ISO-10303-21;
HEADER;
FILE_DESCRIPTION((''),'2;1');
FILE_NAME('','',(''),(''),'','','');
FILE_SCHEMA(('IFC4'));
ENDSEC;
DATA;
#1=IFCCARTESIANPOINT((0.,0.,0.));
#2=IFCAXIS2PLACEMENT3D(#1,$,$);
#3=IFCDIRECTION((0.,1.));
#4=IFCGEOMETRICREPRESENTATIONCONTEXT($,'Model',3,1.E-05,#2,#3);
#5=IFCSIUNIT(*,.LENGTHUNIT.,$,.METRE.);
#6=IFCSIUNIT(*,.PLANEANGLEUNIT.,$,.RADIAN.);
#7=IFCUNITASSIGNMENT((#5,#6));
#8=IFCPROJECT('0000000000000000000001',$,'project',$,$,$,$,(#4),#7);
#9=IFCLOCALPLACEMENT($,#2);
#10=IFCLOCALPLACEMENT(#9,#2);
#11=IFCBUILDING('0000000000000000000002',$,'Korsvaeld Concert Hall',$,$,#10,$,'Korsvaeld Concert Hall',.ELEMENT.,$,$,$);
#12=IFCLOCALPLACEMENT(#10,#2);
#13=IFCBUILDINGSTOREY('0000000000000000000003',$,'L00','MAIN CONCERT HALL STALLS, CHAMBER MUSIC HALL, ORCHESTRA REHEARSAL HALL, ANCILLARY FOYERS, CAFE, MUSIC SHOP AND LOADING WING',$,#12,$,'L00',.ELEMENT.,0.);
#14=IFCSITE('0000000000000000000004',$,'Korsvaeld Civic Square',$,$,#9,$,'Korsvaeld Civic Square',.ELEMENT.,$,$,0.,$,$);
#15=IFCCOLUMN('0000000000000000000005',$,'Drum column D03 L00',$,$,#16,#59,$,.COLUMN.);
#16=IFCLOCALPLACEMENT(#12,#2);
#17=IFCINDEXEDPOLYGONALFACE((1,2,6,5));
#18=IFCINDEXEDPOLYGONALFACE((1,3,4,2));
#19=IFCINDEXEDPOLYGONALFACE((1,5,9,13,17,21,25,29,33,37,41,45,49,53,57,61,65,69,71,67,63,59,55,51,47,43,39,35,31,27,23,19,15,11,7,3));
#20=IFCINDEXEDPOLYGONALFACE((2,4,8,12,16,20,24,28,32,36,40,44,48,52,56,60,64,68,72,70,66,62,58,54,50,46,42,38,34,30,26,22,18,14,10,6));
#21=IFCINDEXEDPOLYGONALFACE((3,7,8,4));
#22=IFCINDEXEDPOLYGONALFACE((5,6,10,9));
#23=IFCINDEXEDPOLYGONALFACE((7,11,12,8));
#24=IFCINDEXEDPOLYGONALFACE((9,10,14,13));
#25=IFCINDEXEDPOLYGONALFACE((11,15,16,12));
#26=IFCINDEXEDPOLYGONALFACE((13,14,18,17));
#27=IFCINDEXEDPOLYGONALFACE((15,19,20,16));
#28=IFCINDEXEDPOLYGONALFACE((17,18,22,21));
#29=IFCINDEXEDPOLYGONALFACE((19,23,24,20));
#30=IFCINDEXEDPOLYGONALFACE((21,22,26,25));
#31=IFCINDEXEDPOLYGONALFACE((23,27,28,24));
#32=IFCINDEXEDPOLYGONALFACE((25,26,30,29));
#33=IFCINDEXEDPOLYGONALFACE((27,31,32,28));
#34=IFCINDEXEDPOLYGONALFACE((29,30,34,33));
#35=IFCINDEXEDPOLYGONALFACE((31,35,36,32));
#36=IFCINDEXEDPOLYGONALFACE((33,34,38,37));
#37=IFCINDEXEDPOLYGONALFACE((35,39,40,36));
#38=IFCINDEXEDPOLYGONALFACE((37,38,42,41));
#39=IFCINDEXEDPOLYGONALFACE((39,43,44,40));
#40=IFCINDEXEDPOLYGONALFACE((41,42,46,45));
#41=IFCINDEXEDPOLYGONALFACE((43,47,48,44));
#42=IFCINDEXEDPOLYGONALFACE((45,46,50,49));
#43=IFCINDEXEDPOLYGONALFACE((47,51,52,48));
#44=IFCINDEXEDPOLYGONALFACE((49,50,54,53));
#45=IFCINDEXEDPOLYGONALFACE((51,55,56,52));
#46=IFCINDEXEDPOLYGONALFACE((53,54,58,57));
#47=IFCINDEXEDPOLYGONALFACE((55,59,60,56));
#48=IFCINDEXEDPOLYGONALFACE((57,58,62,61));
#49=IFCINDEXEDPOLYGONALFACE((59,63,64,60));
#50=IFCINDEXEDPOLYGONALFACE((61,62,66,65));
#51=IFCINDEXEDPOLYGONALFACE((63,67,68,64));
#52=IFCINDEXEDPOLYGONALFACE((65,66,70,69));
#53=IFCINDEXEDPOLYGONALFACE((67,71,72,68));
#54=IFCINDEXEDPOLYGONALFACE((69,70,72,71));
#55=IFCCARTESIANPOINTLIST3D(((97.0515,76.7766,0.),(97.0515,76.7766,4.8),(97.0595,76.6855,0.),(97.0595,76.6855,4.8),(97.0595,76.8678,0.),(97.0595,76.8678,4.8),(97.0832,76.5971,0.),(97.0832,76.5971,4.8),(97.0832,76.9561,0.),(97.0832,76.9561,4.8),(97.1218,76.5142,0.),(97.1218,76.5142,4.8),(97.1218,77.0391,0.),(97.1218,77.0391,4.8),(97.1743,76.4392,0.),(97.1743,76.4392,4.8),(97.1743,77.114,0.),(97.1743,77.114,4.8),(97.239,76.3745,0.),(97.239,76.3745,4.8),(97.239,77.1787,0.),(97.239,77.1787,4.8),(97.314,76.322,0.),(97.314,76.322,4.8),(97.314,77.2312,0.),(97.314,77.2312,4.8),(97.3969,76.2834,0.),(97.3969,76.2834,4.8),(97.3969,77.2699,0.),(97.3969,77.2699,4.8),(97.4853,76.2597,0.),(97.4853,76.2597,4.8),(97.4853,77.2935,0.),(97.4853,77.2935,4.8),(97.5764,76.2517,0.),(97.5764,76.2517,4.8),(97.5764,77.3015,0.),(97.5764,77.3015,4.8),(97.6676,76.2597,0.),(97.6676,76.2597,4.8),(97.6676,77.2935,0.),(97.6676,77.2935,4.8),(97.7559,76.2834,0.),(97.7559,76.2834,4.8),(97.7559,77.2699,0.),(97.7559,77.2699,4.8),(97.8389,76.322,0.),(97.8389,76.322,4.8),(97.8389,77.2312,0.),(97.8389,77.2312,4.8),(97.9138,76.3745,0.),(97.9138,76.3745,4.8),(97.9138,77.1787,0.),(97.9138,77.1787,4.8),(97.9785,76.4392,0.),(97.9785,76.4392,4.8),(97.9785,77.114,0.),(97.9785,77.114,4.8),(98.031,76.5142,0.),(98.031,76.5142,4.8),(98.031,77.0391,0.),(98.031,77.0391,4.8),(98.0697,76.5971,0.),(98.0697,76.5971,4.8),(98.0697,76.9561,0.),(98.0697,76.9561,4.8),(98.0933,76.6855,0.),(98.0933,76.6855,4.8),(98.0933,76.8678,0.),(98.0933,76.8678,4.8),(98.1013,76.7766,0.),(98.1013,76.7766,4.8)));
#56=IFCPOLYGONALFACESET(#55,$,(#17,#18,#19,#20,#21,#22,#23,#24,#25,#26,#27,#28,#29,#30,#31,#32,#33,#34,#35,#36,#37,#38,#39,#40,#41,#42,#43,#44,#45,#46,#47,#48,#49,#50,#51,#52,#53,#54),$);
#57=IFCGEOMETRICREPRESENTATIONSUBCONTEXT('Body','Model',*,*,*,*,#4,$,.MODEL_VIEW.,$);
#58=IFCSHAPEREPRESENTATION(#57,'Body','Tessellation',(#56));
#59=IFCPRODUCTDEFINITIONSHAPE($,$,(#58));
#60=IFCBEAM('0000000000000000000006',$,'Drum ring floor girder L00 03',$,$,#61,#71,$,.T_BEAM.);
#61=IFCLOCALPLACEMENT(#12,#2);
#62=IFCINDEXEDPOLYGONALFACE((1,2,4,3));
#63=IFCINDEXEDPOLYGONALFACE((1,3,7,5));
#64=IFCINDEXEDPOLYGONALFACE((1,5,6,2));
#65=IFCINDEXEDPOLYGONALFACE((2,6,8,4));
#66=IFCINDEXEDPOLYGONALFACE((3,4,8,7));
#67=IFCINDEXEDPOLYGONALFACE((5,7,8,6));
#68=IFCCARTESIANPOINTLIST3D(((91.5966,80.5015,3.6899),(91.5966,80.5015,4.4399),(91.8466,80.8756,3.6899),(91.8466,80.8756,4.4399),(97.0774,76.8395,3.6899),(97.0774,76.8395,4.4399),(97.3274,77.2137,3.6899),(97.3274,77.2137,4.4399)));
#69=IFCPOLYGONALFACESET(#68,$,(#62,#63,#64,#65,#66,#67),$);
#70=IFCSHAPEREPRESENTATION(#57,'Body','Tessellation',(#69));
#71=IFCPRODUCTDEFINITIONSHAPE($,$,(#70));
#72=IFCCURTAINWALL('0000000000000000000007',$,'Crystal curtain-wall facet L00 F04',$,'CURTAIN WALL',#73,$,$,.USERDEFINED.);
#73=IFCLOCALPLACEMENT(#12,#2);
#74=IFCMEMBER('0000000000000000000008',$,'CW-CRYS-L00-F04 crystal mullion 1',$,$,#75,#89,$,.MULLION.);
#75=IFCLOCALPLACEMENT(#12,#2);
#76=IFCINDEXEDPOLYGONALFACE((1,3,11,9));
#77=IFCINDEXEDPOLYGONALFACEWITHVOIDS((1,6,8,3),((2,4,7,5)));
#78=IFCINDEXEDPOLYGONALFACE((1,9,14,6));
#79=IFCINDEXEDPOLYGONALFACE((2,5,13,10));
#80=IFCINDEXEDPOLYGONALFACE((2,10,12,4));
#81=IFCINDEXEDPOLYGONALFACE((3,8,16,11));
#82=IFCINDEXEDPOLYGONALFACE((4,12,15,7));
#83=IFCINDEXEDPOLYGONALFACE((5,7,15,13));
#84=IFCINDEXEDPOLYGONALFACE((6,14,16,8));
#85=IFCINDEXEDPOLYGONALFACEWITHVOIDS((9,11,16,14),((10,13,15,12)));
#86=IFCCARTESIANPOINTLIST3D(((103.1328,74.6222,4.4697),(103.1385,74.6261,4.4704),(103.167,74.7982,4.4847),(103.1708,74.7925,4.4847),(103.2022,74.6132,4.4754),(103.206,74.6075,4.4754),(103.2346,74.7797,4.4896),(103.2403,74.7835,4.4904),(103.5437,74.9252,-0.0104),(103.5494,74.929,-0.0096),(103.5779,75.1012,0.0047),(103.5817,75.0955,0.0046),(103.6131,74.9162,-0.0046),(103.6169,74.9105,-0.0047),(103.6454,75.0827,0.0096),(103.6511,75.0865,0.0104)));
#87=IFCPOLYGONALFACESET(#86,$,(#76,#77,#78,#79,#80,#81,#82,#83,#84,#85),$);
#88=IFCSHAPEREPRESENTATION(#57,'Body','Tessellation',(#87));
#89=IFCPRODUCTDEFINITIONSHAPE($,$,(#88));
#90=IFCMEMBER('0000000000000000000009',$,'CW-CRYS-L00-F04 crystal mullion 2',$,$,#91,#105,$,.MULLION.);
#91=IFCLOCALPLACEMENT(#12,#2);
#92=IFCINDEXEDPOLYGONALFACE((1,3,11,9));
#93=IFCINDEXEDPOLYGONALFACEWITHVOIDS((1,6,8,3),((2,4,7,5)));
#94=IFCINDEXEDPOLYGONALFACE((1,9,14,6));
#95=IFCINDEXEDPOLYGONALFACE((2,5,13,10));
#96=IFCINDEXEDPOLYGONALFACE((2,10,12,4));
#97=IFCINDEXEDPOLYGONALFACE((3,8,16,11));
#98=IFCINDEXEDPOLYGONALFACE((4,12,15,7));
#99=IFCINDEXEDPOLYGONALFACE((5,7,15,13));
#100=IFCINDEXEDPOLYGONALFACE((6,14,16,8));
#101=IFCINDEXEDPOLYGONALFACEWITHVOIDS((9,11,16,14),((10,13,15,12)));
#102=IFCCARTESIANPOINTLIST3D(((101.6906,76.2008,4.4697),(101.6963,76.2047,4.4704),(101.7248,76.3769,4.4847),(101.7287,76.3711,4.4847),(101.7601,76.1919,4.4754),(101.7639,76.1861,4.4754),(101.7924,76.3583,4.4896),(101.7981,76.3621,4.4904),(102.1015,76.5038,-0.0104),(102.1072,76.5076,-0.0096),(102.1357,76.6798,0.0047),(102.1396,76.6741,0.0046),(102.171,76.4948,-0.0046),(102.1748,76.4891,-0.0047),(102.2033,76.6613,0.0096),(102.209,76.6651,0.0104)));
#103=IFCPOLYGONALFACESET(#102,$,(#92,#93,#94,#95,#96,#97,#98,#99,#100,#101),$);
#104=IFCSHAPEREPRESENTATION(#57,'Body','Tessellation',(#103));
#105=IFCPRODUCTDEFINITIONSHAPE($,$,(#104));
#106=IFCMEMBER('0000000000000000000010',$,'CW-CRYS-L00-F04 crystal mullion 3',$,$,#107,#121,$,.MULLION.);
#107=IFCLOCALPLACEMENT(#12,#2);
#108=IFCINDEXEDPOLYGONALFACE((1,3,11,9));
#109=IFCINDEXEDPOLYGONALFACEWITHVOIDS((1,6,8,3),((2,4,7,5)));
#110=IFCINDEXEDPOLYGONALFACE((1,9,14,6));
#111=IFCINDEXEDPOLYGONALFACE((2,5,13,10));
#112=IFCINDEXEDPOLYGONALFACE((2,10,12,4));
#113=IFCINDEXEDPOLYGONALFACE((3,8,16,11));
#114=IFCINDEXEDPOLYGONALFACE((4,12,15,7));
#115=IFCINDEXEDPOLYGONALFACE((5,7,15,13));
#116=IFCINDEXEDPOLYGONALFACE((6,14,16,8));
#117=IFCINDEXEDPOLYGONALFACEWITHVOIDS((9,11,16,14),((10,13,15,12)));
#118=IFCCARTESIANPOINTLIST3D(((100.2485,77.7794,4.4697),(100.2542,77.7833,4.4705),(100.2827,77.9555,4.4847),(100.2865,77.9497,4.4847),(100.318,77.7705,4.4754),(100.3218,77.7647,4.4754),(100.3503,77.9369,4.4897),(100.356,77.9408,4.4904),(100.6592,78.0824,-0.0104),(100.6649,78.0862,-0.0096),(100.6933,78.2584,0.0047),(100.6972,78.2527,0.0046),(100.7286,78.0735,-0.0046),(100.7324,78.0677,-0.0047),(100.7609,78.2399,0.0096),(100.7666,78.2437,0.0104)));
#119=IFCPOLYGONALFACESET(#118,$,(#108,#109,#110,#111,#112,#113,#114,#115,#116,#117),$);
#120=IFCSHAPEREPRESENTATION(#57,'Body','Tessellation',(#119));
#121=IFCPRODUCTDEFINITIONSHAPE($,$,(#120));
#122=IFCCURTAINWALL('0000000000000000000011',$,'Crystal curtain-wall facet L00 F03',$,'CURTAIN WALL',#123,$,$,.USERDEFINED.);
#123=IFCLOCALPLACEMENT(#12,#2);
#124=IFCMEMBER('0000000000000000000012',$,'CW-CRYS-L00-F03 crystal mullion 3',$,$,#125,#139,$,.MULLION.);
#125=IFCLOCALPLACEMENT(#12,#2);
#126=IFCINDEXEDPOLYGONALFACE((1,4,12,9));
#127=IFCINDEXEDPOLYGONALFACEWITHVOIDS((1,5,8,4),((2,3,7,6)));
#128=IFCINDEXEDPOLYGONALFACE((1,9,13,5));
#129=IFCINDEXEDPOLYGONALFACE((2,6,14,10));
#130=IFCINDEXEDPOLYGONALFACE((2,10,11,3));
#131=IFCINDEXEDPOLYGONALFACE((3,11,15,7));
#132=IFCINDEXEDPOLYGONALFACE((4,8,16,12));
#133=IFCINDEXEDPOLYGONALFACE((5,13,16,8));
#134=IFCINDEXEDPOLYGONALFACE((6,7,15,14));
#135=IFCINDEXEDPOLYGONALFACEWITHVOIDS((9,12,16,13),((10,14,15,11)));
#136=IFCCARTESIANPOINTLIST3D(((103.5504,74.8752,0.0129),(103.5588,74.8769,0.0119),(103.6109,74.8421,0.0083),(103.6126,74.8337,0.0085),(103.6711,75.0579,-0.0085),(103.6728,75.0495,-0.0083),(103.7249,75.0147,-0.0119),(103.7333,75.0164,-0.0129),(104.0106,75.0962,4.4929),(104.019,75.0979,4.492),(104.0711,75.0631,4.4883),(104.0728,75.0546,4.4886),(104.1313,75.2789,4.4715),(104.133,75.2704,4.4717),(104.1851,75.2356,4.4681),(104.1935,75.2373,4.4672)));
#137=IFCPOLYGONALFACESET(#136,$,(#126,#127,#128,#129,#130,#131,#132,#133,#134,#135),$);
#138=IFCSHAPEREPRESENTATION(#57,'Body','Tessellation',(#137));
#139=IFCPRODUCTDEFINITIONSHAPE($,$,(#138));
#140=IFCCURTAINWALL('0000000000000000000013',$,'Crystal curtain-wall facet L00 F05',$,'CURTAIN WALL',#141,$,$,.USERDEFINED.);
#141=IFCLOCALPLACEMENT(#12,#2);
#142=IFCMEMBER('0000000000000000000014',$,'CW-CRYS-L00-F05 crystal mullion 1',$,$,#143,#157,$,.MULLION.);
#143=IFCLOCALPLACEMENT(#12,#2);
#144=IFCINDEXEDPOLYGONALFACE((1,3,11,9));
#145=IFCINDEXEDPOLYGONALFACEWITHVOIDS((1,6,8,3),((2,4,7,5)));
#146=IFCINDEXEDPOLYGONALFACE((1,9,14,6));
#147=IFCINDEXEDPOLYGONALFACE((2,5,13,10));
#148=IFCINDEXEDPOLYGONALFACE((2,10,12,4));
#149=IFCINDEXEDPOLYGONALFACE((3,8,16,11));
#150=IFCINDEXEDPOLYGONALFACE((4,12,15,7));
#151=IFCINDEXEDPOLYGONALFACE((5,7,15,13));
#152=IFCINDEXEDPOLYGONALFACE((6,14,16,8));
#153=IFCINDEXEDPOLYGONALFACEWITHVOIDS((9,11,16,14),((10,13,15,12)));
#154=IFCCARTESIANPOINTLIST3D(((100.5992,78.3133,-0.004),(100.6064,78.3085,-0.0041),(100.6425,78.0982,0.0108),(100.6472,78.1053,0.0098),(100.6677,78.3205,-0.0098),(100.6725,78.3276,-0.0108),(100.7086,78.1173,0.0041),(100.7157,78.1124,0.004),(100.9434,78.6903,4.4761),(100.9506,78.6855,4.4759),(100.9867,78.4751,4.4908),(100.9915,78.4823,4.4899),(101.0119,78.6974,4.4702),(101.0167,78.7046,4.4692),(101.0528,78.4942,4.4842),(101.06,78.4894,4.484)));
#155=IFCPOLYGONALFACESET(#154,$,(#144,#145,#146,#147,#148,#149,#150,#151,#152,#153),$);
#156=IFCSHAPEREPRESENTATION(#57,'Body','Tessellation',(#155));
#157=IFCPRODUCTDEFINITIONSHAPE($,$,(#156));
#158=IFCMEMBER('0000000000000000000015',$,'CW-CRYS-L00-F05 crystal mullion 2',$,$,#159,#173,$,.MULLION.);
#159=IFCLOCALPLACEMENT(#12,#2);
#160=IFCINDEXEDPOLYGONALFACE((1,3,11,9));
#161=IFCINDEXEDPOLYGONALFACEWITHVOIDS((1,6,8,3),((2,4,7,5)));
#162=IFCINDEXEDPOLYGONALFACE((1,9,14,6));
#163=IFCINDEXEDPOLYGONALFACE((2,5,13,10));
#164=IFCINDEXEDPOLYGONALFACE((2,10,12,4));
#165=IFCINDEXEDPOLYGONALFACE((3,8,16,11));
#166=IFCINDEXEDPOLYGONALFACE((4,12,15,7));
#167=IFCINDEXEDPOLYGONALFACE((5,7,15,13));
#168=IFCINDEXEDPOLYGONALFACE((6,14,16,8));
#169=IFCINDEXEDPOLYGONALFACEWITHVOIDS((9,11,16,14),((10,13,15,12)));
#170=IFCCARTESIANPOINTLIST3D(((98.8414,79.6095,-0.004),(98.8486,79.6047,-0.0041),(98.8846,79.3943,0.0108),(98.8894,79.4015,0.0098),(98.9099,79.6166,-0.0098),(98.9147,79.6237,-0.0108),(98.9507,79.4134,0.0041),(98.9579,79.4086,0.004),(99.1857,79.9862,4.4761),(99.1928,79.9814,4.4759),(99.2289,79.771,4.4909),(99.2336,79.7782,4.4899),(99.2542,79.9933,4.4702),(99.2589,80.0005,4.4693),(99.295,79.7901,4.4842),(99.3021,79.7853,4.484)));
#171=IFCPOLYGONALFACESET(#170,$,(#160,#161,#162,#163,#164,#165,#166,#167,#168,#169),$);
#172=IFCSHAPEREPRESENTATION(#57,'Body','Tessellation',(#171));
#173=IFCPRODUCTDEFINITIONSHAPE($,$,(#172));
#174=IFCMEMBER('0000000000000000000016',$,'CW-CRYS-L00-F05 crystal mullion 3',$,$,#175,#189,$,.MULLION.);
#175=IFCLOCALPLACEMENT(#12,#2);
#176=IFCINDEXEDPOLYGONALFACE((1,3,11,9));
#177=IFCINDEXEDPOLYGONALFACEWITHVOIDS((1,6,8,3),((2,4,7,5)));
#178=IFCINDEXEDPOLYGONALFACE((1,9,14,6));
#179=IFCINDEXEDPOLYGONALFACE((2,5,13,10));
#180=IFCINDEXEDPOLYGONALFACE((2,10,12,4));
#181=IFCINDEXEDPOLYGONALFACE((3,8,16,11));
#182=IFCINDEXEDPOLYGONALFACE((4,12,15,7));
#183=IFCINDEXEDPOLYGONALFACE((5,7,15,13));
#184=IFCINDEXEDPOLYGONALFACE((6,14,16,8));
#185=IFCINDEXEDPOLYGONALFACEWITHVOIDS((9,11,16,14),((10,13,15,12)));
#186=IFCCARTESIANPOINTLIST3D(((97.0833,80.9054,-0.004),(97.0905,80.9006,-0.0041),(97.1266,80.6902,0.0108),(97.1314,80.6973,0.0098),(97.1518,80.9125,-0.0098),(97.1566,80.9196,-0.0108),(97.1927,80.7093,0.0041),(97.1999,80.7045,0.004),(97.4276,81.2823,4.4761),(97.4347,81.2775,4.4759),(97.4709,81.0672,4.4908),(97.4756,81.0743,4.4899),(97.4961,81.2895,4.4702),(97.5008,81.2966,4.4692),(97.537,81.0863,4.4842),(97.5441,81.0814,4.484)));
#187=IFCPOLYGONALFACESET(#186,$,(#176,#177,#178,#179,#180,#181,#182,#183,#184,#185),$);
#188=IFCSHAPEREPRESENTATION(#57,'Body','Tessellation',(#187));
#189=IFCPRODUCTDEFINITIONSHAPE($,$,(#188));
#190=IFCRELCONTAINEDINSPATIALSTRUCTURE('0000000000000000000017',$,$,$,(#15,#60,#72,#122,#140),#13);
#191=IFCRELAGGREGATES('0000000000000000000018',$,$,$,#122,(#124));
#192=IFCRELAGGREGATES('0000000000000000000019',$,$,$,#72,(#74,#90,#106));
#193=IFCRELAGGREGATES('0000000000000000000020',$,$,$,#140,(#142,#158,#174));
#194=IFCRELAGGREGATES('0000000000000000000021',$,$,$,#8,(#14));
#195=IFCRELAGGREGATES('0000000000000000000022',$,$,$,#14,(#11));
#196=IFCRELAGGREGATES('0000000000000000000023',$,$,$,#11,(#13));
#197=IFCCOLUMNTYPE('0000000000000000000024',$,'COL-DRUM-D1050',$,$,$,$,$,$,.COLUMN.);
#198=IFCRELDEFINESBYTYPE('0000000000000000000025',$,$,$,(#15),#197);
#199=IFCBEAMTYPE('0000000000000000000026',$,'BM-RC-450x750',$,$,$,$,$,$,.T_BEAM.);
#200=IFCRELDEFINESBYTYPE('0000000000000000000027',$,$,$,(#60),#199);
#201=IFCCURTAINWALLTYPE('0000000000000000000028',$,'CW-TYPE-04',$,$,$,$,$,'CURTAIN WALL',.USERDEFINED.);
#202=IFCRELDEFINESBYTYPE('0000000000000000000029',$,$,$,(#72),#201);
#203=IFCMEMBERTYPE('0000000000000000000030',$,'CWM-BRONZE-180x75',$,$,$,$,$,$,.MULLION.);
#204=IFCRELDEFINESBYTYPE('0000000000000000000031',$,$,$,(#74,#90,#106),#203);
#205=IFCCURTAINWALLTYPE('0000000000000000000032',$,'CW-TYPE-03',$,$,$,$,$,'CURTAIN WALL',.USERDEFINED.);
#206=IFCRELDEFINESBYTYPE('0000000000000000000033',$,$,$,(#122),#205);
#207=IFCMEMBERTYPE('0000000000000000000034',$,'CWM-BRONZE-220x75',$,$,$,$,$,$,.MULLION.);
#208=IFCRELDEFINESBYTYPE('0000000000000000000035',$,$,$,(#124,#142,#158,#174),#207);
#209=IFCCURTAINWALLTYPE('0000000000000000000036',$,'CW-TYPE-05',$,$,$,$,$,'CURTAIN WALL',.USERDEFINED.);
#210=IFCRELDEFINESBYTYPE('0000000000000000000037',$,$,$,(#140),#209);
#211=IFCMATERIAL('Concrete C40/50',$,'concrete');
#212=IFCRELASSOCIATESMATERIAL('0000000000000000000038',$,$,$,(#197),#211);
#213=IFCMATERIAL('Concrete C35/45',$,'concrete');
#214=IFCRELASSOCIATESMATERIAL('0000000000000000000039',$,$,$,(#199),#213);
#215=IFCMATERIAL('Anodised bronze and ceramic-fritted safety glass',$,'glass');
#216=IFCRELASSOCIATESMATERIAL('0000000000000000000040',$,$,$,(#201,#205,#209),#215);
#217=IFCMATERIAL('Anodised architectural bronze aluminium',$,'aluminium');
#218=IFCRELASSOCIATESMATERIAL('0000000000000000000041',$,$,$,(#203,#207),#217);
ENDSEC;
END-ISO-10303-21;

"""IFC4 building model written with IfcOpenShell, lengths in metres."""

from ifc_helpers import new_model, si_unit, direction, frame, origin, origin_2d, place, context, subcontext, project, spatial, rectangle, hollow_rectangle, circle, extrude, material, material_profile, profile_set, type_object, element, aggregate, save


model = new_model("IFC4")

# Units and contexts
model_context = context("Model", 3, precision=1e-05, world=origin(), true_north=direction((0.0, 1.0)))
body_context = subcontext(model_context, "Body", "Model", "MODEL_VIEW")
ifc_project = project(units=[si_unit("LENGTHUNIT", "METRE"), si_unit("PLANEANGLEUNIT", "RADIAN")], contexts=[model_context])

# Site, building, storey
site_placement = place(None, origin())
site = spatial("IfcSite", under=ifc_project, at=site_placement, Name="Korsvaeld Civic Square", LongName="Korsvaeld Civic Square", CompositionType="ELEMENT", RefElevation=0.0)
building_placement = place(site_placement, origin())
building = spatial("IfcBuilding", under=site, at=building_placement, Name="Korsvaeld Concert Hall", LongName="Korsvaeld Concert Hall", CompositionType="ELEMENT")
storey_placement = place(building_placement, origin())
storey = spatial("IfcBuildingStorey", under=building, at=storey_placement, Name="L00", Description="MAIN CONCERT HALL STALLS, CHAMBER MUSIC HALL, ORCHESTRA REHEARSAL HALL, ANCILLARY FOYERS, CAFE, MUSIC SHOP AND LOADING WING", LongName="L00", CompositionType="ELEMENT", Elevation=0.0)

# Column
ifc_material_1 = material(Name="Concrete C40/50", Category="concrete")
ifc_material_profile_1 = material_profile(ifc_material_1, circle(Radius=0.5249, at=origin_2d()), Name="RC D1050")
ifc_profile_set_1 = profile_set([ifc_material_profile_1], Name="Concrete C40/50")
column_type = type_object("IfcColumnType", Name="COL-DRUM-D1050", PredefinedType="COLUMN", material=ifc_profile_set_1)
column_placement = place(storey_placement, frame((97.5764, 76.7766, 0.0), z_axis=(0.0, 0.0, 1.0), x_axis=(1.0, 0.0, 0.0)))
element("IfcColumn", 1, at=column_placement, inside=storey, type_object=column_type, Name="Drum column D03 L00", PredefinedType="COLUMN", context=body_context, shape_type="SweptSolid", body=[
    extrude(circle(Radius=0.5249, at=origin_2d()), origin(), (0.0, 0.0, 1.0), 4.8),
])

# Beam
ifc_material_2 = material(Name="Concrete C35/45", Category="concrete")
ifc_material_profile_2 = material_profile(ifc_material_2, rectangle(XDim=0.45, YDim=0.75, at=origin_2d()), Name="RC 450x750")
ifc_profile_set_2 = profile_set([ifc_material_profile_2], Name="Concrete C35/45")
beam_type = type_object("IfcBeamType", Name="BM-RC-450x750", PredefinedType="T_BEAM", material=ifc_profile_set_2)
beam_placement = place(storey_placement, frame((97.2024, 77.0266, 4.0649), z_axis=(-0.831486, 0.555546, 0.0), x_axis=(-0.555546, -0.831486, 0.0)))
element("IfcBeam", 2, at=beam_placement, inside=storey, type_object=beam_type, Name="Drum ring floor girder L00 03", PredefinedType="T_BEAM", context=body_context, shape_type="SweptSolid", body=[
    extrude(rectangle(XDim=0.45, YDim=0.75, at=origin_2d()), origin(), (0.0, 0.0, 1.0), 6.5916),
])

# Curtain wall, members
ifc_material_3 = material(Name="Anodised bronze and ceramic-fritted safety glass", Category="glass")
curtain_wall_type_1 = type_object("IfcCurtainWallType", Name="CW-TYPE-04", ElementType="CURTAIN WALL", PredefinedType="USERDEFINED", material=ifc_material_3)
curtain_wall_1_placement = place(storey_placement, origin())
curtain_wall_1 = element("IfcCurtainWall", 3, at=curtain_wall_1_placement, inside=storey, type_object=curtain_wall_type_1, Name="Crystal curtain-wall facet L00 F04", ObjectType="CURTAIN WALL", PredefinedType="USERDEFINED")
ifc_material_4 = material(Name="Anodised architectural bronze aluminium", Category="aluminium")
ifc_material_profile_3 = material_profile(ifc_material_4, hollow_rectangle(XDim=0.075, YDim=0.1799, WallThickness=0.0049, at=origin_2d()), Name="CWM 180x75x5")
ifc_profile_set_3 = profile_set([ifc_material_profile_3], Name="Anodised architectural bronze aluminium")
member_type_1 = type_object("IfcMemberType", Name="CWM-BRONZE-180x75", PredefinedType="MULLION", material=ifc_profile_set_3)
member_1_placement = place(storey_placement, frame((103.5974, 75.0059, 0.0), z_axis=(-0.091127, -0.067195, 0.99357), x_axis=(-0.977527, 0.19649, -0.076367)))
member_1 = element("IfcMember", 4, at=member_1_placement, type_object=member_type_1, Name="CW-CRYS-L00-F04 crystal mullion 1", PredefinedType="MULLION", context=body_context, shape_type="SweptSolid", body=[
    extrude(hollow_rectangle(XDim=0.075, YDim=0.1799, WallThickness=0.0049, at=origin_2d()), origin(), (0.0, 0.0, 1.0), 4.509),
])
member_2_placement = place(storey_placement, frame((102.1553, 76.5845, 0.0), z_axis=(-0.091127, -0.067195, 0.99357), x_axis=(-0.977527, 0.19649, -0.076367)))
member_2 = element("IfcMember", 5, at=member_2_placement, type_object=member_type_1, Name="CW-CRYS-L00-F04 crystal mullion 2", PredefinedType="MULLION", context=body_context, shape_type="SweptSolid", body=[
    extrude(hollow_rectangle(XDim=0.075, YDim=0.1799, WallThickness=0.0049, at=origin_2d()), origin(), (0.0, 0.0, 1.0), 4.509),
])
member_3_placement = place(storey_placement, frame((100.7129, 78.1631, 0.0), z_axis=(-0.091073, -0.067195, 0.993575), x_axis=(-0.977586, 0.19621, -0.076338)))
member_3 = element("IfcMember", 6, at=member_3_placement, type_object=member_type_1, Name="CW-CRYS-L00-F04 crystal mullion 3", PredefinedType="MULLION", context=body_context, shape_type="SweptSolid", body=[
    extrude(hollow_rectangle(XDim=0.075, YDim=0.1799, WallThickness=0.0049, at=origin_2d()), origin(), (0.0, 0.0, 1.0), 4.509),
])

# Curtain wall, member
curtain_wall_type_2 = type_object("IfcCurtainWallType", Name="CW-TYPE-03", ElementType="CURTAIN WALL", PredefinedType="USERDEFINED", material=ifc_material_3)
curtain_wall_2_placement = place(storey_placement, origin())
curtain_wall_2 = element("IfcCurtainWall", 7, at=curtain_wall_2_placement, inside=storey, type_object=curtain_wall_type_2, Name="Crystal curtain-wall facet L00 F03", ObjectType="CURTAIN WALL", PredefinedType="USERDEFINED")
ifc_material_profile_4 = material_profile(ifc_material_4, hollow_rectangle(XDim=0.075, YDim=0.22, WallThickness=0.0061, at=origin_2d()), Name="CWM 220x75x6")
ifc_profile_set_4 = profile_set([ifc_material_profile_4], Name="Anodised architectural bronze aluminium")
member_type_2 = type_object("IfcMemberType", Name="CWM-BRONZE-220x75", PredefinedType="MULLION", material=ifc_profile_set_4)
member_4_placement = place(storey_placement, frame((103.6418, 74.9458, 0.0), z_axis=(0.102064, 0.049002, 0.99357), x_axis=(0.829955, -0.554817, -0.057894)))
member_4 = element("IfcMember", 8, at=member_4_placement, type_object=member_type_2, Name="CW-CRYS-L00-F03 crystal mullion 3", PredefinedType="MULLION", context=body_context, shape_type="SweptSolid", body=[
    extrude(hollow_rectangle(XDim=0.075, YDim=0.22, WallThickness=0.0061, at=origin_2d()), origin(), (0.0, 0.0, 1.0), 4.509),
])
aggregate(curtain_wall_2, [member_4])

# Curtain wall, members
curtain_wall_type_3 = type_object("IfcCurtainWallType", Name="CW-TYPE-05", ElementType="CURTAIN WALL", PredefinedType="USERDEFINED", material=ifc_material_3)
curtain_wall_3_placement = place(storey_placement, origin())
curtain_wall_3 = element("IfcCurtainWall", 9, at=curtain_wall_3_placement, inside=storey, type_object=curtain_wall_type_3, Name="Crystal curtain-wall facet L00 F05", ObjectType="CURTAIN WALL", PredefinedType="USERDEFINED")
member_5_placement = place(storey_placement, frame((100.6575, 78.2129, 0.0), z_axis=(0.076345, 0.083601, 0.99357), x_axis=(0.977471, 0.190385, -0.091127)))
member_5 = element("IfcMember", 10, at=member_5_placement, type_object=member_type_2, Name="CW-CRYS-L00-F05 crystal mullion 1", PredefinedType="MULLION", context=body_context, shape_type="SweptSolid", body=[
    extrude(hollow_rectangle(XDim=0.075, YDim=0.22, WallThickness=0.0061, at=origin_2d()), origin(), (0.0, 0.0, 1.0), 4.509),
])
member_6_placement = place(storey_placement, frame((98.8997, 79.509, 0.0), z_axis=(0.076346, 0.083547, 0.993575), x_axis=(0.977535, 0.190072, -0.091096)))
member_6 = element("IfcMember", 11, at=member_6_placement, type_object=member_type_2, Name="CW-CRYS-L00-F05 crystal mullion 2", PredefinedType="MULLION", context=body_context, shape_type="SweptSolid", body=[
    extrude(hollow_rectangle(XDim=0.075, YDim=0.22, WallThickness=0.0061, at=origin_2d()), origin(), (0.0, 0.0, 1.0), 4.509),
])
member_7_placement = place(storey_placement, frame((97.1416, 80.8049, 0.0), z_axis=(0.076345, 0.083601, 0.99357), x_axis=(0.977471, 0.190385, -0.091127)))
member_7 = element("IfcMember", 12, at=member_7_placement, type_object=member_type_2, Name="CW-CRYS-L00-F05 crystal mullion 3", PredefinedType="MULLION", context=body_context, shape_type="SweptSolid", body=[
    extrude(hollow_rectangle(XDim=0.075, YDim=0.22, WallThickness=0.0061, at=origin_2d()), origin(), (0.0, 0.0, 1.0), 4.509),
])

aggregate(curtain_wall_1, [member_1, member_2, member_3])
aggregate(curtain_wall_3, [member_5, member_6, member_7])

save(model, "model.ifc")
